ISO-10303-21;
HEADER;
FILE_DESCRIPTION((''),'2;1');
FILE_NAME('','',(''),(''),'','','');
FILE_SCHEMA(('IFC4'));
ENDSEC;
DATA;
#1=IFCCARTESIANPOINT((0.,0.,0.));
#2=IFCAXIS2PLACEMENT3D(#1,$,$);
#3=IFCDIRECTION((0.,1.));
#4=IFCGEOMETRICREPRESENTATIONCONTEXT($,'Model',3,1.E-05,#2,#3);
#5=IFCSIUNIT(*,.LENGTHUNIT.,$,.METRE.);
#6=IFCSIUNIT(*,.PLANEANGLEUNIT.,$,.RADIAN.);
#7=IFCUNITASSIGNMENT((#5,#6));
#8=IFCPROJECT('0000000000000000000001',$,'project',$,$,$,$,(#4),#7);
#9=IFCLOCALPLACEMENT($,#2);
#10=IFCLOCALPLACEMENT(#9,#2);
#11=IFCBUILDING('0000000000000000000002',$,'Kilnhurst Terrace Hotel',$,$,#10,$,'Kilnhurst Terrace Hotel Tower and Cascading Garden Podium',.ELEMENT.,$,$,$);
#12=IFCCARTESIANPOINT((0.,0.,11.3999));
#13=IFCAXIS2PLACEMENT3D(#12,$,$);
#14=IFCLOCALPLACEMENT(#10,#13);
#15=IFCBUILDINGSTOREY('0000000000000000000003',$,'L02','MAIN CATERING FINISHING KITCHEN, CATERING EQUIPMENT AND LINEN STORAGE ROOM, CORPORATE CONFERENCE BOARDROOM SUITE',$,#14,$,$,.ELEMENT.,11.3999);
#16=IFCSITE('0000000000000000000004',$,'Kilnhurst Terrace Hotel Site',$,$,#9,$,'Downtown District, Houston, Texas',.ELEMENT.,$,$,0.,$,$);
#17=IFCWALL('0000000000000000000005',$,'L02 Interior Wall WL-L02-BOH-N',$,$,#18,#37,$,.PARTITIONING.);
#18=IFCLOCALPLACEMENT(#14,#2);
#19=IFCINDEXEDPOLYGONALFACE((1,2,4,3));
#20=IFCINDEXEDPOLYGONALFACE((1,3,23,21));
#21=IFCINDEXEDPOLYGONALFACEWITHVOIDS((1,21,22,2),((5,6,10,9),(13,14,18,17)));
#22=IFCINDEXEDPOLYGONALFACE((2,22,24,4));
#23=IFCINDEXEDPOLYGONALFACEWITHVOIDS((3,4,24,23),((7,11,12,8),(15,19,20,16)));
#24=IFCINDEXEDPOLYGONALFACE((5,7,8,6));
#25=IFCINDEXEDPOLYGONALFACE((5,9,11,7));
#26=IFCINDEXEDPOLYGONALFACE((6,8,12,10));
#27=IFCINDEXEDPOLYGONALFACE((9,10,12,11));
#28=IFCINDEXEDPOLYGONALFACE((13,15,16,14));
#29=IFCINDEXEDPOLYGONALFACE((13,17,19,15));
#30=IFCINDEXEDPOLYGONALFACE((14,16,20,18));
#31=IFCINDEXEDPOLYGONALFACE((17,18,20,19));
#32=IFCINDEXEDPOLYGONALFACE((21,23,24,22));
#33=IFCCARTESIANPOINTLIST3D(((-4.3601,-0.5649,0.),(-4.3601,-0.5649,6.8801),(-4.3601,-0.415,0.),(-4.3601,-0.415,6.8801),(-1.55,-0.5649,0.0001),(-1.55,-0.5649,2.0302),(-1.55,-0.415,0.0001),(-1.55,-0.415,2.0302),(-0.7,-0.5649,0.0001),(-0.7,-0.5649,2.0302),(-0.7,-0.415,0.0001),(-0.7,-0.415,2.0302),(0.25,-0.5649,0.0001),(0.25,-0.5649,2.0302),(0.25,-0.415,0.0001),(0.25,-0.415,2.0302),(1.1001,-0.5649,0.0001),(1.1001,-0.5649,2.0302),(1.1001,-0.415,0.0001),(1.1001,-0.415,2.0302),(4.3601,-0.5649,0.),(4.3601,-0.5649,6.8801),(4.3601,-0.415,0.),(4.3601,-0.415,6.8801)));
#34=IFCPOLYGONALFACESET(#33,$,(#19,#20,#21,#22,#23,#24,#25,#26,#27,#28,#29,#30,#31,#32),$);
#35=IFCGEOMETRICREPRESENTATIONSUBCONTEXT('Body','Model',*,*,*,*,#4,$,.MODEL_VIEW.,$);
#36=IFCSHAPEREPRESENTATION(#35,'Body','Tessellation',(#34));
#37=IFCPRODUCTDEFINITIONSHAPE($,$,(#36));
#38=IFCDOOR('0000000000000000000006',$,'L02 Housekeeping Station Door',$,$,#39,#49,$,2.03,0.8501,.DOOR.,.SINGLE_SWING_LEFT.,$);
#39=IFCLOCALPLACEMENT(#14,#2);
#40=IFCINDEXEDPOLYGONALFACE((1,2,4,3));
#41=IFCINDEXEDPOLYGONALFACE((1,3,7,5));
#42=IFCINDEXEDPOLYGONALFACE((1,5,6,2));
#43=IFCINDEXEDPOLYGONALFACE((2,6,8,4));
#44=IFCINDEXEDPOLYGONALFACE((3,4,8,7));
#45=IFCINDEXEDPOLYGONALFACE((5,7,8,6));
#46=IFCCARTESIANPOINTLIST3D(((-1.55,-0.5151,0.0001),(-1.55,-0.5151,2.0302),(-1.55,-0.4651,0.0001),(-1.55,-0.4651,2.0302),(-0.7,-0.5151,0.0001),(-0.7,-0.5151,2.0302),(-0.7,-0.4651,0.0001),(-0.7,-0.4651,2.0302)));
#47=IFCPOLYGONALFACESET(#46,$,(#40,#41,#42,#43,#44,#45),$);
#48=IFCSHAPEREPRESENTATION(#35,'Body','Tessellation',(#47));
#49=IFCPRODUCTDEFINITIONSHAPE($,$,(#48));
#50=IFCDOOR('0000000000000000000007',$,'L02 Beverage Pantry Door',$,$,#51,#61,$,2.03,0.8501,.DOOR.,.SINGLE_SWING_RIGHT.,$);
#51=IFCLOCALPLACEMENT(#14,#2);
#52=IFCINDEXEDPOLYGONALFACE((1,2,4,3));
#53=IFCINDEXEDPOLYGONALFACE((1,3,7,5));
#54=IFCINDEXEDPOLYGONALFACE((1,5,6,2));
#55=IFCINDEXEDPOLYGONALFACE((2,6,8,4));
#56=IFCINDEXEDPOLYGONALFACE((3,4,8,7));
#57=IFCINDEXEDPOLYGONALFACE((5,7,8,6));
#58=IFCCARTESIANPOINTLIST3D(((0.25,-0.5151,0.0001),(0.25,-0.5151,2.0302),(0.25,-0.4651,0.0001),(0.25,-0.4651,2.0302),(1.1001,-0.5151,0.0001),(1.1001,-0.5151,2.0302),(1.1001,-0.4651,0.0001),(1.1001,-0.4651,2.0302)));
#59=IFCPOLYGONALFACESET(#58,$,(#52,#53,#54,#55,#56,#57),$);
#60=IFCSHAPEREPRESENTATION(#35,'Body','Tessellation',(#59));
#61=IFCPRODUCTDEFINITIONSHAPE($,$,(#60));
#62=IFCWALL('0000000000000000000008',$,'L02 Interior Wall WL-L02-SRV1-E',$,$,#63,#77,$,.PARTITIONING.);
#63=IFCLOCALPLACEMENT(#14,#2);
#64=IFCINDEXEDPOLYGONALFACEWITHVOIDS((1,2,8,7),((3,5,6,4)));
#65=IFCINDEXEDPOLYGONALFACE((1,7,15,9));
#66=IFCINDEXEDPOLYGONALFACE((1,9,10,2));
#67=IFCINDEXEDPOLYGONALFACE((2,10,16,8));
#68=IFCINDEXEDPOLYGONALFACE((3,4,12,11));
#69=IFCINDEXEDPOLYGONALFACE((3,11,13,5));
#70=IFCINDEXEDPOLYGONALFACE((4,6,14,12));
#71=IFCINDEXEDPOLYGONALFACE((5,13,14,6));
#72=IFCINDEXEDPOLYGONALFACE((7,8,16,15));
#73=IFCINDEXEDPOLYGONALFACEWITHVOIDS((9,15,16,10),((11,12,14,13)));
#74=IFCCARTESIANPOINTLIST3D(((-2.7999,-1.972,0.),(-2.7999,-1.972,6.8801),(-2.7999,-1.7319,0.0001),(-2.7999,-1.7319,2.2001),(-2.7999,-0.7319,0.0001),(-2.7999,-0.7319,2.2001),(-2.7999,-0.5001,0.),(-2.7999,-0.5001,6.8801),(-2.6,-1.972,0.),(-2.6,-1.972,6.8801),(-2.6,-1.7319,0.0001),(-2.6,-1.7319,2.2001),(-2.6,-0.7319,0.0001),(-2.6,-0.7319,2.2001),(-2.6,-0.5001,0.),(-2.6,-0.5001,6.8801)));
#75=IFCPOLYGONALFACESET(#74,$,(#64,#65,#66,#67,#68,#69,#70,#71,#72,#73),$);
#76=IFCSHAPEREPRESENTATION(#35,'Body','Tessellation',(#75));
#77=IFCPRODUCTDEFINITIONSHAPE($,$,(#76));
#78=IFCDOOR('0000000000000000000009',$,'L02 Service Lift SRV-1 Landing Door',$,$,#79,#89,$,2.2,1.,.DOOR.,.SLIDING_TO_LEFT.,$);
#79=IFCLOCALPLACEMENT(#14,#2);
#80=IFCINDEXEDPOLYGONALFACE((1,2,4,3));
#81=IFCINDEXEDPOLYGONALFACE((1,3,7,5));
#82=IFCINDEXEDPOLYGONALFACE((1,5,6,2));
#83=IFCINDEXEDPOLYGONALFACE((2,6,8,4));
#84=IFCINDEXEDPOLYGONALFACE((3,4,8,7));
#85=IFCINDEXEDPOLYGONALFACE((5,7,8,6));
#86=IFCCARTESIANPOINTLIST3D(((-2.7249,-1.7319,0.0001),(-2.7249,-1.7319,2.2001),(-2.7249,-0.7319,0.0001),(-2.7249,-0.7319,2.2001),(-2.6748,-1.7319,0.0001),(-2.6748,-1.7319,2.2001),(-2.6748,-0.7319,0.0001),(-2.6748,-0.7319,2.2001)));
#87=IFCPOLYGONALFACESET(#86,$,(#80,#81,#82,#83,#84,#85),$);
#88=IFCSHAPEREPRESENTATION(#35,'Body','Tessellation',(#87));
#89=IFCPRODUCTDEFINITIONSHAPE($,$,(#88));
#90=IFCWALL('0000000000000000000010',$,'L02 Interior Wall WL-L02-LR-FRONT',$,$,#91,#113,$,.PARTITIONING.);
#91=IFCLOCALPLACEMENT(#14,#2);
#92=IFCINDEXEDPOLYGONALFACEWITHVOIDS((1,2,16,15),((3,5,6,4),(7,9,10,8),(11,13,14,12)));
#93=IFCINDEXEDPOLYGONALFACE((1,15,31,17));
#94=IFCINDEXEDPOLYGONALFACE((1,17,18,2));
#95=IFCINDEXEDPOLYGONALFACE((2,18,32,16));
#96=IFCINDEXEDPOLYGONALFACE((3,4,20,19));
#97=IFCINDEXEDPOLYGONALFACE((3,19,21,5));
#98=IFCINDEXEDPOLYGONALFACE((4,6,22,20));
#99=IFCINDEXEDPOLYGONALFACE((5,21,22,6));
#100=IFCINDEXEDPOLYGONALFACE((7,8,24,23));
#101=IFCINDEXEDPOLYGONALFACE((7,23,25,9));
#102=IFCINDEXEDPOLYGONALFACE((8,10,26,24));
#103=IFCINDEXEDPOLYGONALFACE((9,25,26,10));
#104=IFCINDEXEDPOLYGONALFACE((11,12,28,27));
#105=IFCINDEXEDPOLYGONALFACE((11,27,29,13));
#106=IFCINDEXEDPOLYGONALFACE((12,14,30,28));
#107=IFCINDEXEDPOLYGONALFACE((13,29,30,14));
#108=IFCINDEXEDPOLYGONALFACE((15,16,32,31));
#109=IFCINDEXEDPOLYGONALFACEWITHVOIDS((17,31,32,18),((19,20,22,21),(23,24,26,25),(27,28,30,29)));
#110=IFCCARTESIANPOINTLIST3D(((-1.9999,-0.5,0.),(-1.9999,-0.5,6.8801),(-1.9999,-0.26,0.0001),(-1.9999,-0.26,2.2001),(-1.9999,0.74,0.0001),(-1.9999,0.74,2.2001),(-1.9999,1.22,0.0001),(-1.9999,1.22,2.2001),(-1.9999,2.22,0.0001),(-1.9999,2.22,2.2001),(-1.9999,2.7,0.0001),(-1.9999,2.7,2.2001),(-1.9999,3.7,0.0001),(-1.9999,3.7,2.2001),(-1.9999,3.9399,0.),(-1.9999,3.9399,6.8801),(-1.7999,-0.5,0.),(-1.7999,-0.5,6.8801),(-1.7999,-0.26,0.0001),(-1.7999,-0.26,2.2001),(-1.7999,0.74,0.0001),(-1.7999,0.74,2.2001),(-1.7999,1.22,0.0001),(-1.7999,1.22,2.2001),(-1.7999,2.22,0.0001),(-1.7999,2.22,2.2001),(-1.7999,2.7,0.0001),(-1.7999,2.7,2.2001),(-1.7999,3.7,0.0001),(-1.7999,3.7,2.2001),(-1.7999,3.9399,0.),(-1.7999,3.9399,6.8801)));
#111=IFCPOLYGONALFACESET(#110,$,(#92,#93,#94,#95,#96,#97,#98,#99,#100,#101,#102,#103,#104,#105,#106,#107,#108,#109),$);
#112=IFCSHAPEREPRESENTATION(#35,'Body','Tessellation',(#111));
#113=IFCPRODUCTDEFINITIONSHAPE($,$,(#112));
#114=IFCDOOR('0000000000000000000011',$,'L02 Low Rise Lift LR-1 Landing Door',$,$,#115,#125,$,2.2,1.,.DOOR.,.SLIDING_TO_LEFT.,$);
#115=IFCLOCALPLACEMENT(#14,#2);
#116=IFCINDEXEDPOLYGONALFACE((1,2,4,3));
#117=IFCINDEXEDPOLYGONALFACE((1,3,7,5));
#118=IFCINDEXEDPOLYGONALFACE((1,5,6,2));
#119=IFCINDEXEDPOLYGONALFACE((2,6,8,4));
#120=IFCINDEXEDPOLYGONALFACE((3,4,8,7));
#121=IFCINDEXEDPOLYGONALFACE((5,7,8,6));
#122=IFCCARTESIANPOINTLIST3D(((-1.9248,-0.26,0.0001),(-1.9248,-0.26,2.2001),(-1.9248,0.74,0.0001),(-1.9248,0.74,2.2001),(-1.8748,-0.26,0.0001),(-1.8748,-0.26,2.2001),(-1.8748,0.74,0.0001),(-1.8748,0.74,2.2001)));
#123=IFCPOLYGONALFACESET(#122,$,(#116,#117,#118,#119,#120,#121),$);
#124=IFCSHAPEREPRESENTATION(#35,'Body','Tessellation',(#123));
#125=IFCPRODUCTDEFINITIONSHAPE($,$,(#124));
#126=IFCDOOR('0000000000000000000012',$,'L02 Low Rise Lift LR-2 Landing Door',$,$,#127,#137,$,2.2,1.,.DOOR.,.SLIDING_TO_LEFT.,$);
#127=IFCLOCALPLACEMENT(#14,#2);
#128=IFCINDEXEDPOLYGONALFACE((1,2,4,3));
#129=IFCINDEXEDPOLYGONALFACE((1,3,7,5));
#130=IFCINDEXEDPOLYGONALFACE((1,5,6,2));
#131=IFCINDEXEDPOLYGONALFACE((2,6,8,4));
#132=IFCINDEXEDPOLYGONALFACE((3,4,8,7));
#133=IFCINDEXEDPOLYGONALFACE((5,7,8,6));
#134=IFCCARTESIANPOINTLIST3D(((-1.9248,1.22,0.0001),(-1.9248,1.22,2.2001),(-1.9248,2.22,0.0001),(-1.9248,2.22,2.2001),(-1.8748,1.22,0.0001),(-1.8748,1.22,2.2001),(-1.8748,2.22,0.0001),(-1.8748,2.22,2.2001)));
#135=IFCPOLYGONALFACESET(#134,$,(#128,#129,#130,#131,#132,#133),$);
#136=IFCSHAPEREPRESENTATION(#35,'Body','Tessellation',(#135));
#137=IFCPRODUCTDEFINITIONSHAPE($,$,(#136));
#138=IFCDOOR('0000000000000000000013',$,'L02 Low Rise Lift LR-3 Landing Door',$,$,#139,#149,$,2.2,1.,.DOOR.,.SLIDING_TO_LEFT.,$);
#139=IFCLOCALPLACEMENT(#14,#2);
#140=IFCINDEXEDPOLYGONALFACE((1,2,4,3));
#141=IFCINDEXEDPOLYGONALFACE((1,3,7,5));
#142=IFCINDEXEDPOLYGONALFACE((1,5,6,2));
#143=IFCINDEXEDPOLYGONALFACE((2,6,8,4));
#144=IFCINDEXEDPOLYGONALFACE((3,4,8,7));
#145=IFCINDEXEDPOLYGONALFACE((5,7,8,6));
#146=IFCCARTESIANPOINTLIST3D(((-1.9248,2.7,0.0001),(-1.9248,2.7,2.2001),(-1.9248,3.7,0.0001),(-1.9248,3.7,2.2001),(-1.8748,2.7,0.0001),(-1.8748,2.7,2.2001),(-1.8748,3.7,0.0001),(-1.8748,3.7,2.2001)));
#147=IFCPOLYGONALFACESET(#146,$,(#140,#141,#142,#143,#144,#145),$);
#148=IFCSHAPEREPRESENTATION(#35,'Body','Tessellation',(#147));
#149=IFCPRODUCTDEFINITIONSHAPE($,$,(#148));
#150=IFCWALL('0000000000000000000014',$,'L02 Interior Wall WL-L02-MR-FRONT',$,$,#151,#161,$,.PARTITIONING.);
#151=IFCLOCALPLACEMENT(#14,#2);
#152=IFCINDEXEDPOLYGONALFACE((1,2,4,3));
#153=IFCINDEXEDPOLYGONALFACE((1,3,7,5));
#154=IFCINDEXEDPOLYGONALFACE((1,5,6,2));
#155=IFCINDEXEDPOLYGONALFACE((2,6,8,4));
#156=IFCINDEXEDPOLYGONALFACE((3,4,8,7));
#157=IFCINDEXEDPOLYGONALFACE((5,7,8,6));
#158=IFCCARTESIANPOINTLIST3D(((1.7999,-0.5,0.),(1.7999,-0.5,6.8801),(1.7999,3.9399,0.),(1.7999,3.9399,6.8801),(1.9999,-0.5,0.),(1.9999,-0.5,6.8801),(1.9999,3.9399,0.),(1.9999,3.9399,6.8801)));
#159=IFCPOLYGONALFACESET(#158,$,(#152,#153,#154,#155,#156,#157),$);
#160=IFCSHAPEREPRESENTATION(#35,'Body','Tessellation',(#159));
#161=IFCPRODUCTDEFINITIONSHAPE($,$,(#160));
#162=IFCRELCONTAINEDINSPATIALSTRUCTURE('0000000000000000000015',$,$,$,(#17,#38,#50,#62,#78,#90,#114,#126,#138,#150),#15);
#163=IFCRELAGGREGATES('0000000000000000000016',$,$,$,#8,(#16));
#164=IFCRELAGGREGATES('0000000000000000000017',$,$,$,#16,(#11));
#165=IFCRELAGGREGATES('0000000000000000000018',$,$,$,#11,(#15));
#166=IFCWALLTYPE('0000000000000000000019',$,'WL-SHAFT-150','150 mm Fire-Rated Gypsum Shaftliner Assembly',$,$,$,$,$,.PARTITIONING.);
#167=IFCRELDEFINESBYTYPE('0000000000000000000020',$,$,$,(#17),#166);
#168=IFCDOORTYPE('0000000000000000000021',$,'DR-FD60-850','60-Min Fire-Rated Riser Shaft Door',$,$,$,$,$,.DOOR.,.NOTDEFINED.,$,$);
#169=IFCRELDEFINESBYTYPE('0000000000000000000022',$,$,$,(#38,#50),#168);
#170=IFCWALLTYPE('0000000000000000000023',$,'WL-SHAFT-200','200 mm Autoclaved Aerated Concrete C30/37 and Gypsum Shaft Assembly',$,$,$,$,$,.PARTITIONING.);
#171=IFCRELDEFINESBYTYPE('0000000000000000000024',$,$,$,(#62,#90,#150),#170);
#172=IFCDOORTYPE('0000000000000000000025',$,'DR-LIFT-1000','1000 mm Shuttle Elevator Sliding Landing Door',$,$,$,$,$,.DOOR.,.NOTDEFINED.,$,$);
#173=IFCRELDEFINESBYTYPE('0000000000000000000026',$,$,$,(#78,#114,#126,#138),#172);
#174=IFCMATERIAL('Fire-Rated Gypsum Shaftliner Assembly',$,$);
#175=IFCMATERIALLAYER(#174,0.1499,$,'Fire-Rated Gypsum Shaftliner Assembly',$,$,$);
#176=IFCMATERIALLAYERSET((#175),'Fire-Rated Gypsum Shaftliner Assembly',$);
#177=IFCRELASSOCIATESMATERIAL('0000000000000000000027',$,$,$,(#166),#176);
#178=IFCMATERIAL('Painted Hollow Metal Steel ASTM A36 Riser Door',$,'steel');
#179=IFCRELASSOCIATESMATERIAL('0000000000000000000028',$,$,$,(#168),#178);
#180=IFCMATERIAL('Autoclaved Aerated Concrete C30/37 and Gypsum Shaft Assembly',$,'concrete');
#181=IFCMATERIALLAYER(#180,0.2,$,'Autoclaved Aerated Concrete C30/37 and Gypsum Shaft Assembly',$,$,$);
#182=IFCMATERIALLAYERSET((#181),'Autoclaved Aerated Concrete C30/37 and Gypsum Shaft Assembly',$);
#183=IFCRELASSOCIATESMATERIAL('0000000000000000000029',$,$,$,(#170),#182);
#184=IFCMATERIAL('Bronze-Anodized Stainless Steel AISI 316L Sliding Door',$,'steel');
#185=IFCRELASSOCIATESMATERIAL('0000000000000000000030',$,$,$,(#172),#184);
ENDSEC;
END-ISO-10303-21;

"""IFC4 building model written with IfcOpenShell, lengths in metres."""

from ifc_helpers import new_model, si_unit, direction, frame, frame_2d, origin, place, context, subcontext, project, spatial, rectangle, extrude, material, layer, layer_set, type_object, element, fill, save


model = new_model("IFC4")

# Units and contexts
model_context = context("Model", 3, precision=1e-05, world=origin(), true_north=direction((0.0, 1.0)))
body_context = subcontext(model_context, "Body", "Model", "MODEL_VIEW")
ifc_project = project(units=[si_unit("LENGTHUNIT", "METRE"), si_unit("PLANEANGLEUNIT", "RADIAN")], contexts=[model_context])

# Site, building, storey
site_placement = place(None, origin())
site = spatial("IfcSite", under=ifc_project, at=site_placement, Name="Kilnhurst Terrace Hotel Site", LongName="Downtown District, Houston, Texas", CompositionType="ELEMENT", RefElevation=0.0)
building_placement = place(site_placement, origin())
building = spatial("IfcBuilding", under=site, at=building_placement, Name="Kilnhurst Terrace Hotel", LongName="Kilnhurst Terrace Hotel Tower and Cascading Garden Podium", CompositionType="ELEMENT")
storey_placement = place(building_placement, frame((0.0, 0.0, 11.3999)))
storey = spatial("IfcBuildingStorey", under=building, at=storey_placement, Name="L02", Description="MAIN CATERING FINISHING KITCHEN, CATERING EQUIPMENT AND LINEN STORAGE ROOM, CORPORATE CONFERENCE BOARDROOM SUITE", CompositionType="ELEMENT", Elevation=11.3999)

# Shared definitions
ifc_material_1 = material(Name="Fire-Rated Gypsum Shaftliner Assembly")
ifc_layer_1 = layer(ifc_material_1, 0.1499, Name="Fire-Rated Gypsum Shaftliner Assembly")
ifc_layer_set_1 = layer_set([ifc_layer_1], Name="Fire-Rated Gypsum Shaftliner Assembly")
wall_type_1 = type_object("IfcWallType", Name="WL-SHAFT-150", Description="150 mm Fire-Rated Gypsum Shaftliner Assembly", PredefinedType="PARTITIONING", material=ifc_layer_set_1)

# Wall, openings, doors
wall_1_placement = place(storey_placement, frame((-4.3601, -0.49, 0.0), z_axis=(0.0, 0.0, 1.0), x_axis=(1.0, 0.0, 0.0)))
wall_1 = element("IfcWall", 1, at=wall_1_placement, inside=storey, type_object=wall_type_1, Name="L02 Interior Wall WL-L02-BOH-N", PredefinedType="PARTITIONING", context=body_context, shape_type="SweptSolid", body=[
    extrude(rectangle(XDim=8.7202, YDim=0.1499, at=frame_2d((4.3601, 0.0))), origin(), (0.0, 0.0, 1.0), 6.8801),
])
opening_1_placement = place(wall_1_placement, frame((2.8101, 0.0, 0.0)))
opening_1 = element("IfcOpeningElement", 2, at=opening_1_placement, cuts=wall_1, PredefinedType="OPENING", context=body_context, shape_type="SweptSolid", body=[
    extrude(rectangle(XDim=0.8501, YDim=2.03, at=frame_2d((0.425, 1.0151))), frame((0.0, 0.085, 0.0), z_axis=(0.0, -1.0, 0.0), x_axis=(1.0, 0.0, 0.0)), (0.0, 0.0, 1.0), 0.1699),
])
opening_2_placement = place(wall_1_placement, frame((4.6101, 0.0, 0.0)))
opening_2 = element("IfcOpeningElement", 3, at=opening_2_placement, cuts=wall_1, PredefinedType="OPENING", context=body_context, shape_type="SweptSolid", body=[
    extrude(rectangle(XDim=0.8501, YDim=2.03, at=frame_2d((0.425, 1.0151))), frame((0.0, 0.085, 0.0), z_axis=(0.0, -1.0, 0.0), x_axis=(1.0, 0.0, 0.0)), (0.0, 0.0, 1.0), 0.1699),
])
ifc_material_2 = material(Name="Painted Hollow Metal Steel ASTM A36 Riser Door", Category="steel")
door_type_1 = type_object("IfcDoorType", Name="DR-FD60-850", Description="60-Min Fire-Rated Riser Shaft Door", OperationType="NOTDEFINED", PredefinedType="DOOR", material=ifc_material_2)
door_1_placement = place(opening_1_placement, origin())
door_1 = element("IfcDoor", 4, at=door_1_placement, inside=storey, type_object=door_type_1, Name="L02 Housekeeping Station Door", OperationType="SINGLE_SWING_LEFT", OverallHeight=2.03, OverallWidth=0.8501, PredefinedType="DOOR", context=body_context, shape_type="SweptSolid", body=[
    extrude(rectangle(XDim=0.8501, YDim=2.03, at=frame_2d((0.425, 1.0151))), frame((0.0, 0.0249, 0.0), z_axis=(0.0, -1.0, 0.0), x_axis=(1.0, 0.0, 0.0)), (0.0, 0.0, 1.0), 0.05),
])
fill(opening_1, door_1)
door_2_placement = place(opening_2_placement, origin())
door_2 = element("IfcDoor", 5, at=door_2_placement, inside=storey, type_object=door_type_1, Name="L02 Beverage Pantry Door", OperationType="SINGLE_SWING_RIGHT", OverallHeight=2.03, OverallWidth=0.8501, PredefinedType="DOOR", context=body_context, shape_type="SweptSolid", body=[
    extrude(rectangle(XDim=0.8501, YDim=2.03, at=frame_2d((0.425, 1.0151))), frame((0.0, 0.0249, 0.0), z_axis=(0.0, -1.0, 0.0), x_axis=(1.0, 0.0, 0.0)), (0.0, 0.0, 1.0), 0.05),
])
fill(opening_2, door_2)

# Wall, opening, door
ifc_material_3 = material(Name="Autoclaved Aerated Concrete C30/37 and Gypsum Shaft Assembly", Category="concrete")
ifc_layer_2 = layer(ifc_material_3, 0.2, Name="Autoclaved Aerated Concrete C30/37 and Gypsum Shaft Assembly")
ifc_layer_set_2 = layer_set([ifc_layer_2], Name="Autoclaved Aerated Concrete C30/37 and Gypsum Shaft Assembly")
wall_type_2 = type_object("IfcWallType", Name="WL-SHAFT-200", Description="200 mm Autoclaved Aerated Concrete C30/37 and Gypsum Shaft Assembly", PredefinedType="PARTITIONING", material=ifc_layer_set_2)
wall_2_placement = place(storey_placement, frame((-2.7, -1.9719, 0.0), z_axis=(0.0, 0.0, 1.0), x_axis=(0.0, 1.0, 0.0)))
wall_2 = element("IfcWall", 6, at=wall_2_placement, inside=storey, type_object=wall_type_2, Name="L02 Interior Wall WL-L02-SRV1-E", PredefinedType="PARTITIONING", context=body_context, shape_type="SweptSolid", body=[
    extrude(rectangle(XDim=1.4719, YDim=0.2, at=frame_2d((0.7358, 0.0))), origin(), (0.0, 0.0, 1.0), 6.8801),
])
opening_3_placement = place(wall_2_placement, frame((0.24, 0.0, 0.0)))
opening_3 = element("IfcOpeningElement", 7, at=opening_3_placement, cuts=wall_2, PredefinedType="OPENING", context=body_context, shape_type="SweptSolid", body=[
    extrude(rectangle(XDim=1.0, YDim=2.2, at=frame_2d((0.5, 1.1001))), frame((0.0, 0.1099, 0.0), z_axis=(0.0, -1.0, 0.0), x_axis=(1.0, 0.0, 0.0)), (0.0, 0.0, 1.0), 0.22),
])
ifc_material_4 = material(Name="Bronze-Anodized Stainless Steel AISI 316L Sliding Door", Category="steel")
door_type_2 = type_object("IfcDoorType", Name="DR-LIFT-1000", Description="1000 mm Shuttle Elevator Sliding Landing Door", OperationType="NOTDEFINED", PredefinedType="DOOR", material=ifc_material_4)
door_3_placement = place(opening_3_placement, origin())
door_3 = element("IfcDoor", 8, at=door_3_placement, inside=storey, type_object=door_type_2, Name="L02 Service Lift SRV-1 Landing Door", OperationType="SLIDING_TO_LEFT", OverallHeight=2.2, OverallWidth=1.0, PredefinedType="DOOR", context=body_context, shape_type="SweptSolid", body=[
    extrude(rectangle(XDim=1.0, YDim=2.2, at=frame_2d((0.5, 1.1001))), frame((0.0, 0.0249, 0.0), z_axis=(0.0, -1.0, 0.0), x_axis=(1.0, 0.0, 0.0)), (0.0, 0.0, 1.0), 0.05),
])
fill(opening_3, door_3)

# Wall, openings, doors
wall_3_placement = place(storey_placement, frame((-1.8999, -0.5, 0.0), z_axis=(0.0, 0.0, 1.0), x_axis=(0.0, 1.0, 0.0)))
wall_3 = element("IfcWall", 9, at=wall_3_placement, inside=storey, type_object=wall_type_2, Name="L02 Interior Wall WL-L02-LR-FRONT", PredefinedType="PARTITIONING", context=body_context, shape_type="SweptSolid", body=[
    extrude(rectangle(XDim=4.4399, YDim=0.2, at=frame_2d((2.22, 0.0))), origin(), (0.0, 0.0, 1.0), 6.8801),
])
opening_4_placement = place(wall_3_placement, frame((0.24, 0.0, 0.0)))
opening_4 = element("IfcOpeningElement", 10, at=opening_4_placement, cuts=wall_3, PredefinedType="OPENING", context=body_context, shape_type="SweptSolid", body=[
    extrude(rectangle(XDim=1.0, YDim=2.2, at=frame_2d((0.5, 1.1001))), frame((0.0, 0.1099, 0.0), z_axis=(0.0, -1.0, 0.0), x_axis=(1.0, 0.0, 0.0)), (0.0, 0.0, 1.0), 0.22),
])
opening_5_placement = place(wall_3_placement, frame((1.72, 0.0, 0.0)))
opening_5 = element("IfcOpeningElement", 11, at=opening_5_placement, cuts=wall_3, PredefinedType="OPENING", context=body_context, shape_type="SweptSolid", body=[
    extrude(rectangle(XDim=1.0, YDim=2.2, at=frame_2d((0.5, 1.1001))), frame((0.0, 0.1099, 0.0), z_axis=(0.0, -1.0, 0.0), x_axis=(1.0, 0.0, 0.0)), (0.0, 0.0, 1.0), 0.22),
])
opening_6_placement = place(wall_3_placement, frame((3.2, 0.0, 0.0)))
opening_6 = element("IfcOpeningElement", 12, at=opening_6_placement, cuts=wall_3, PredefinedType="OPENING", context=body_context, shape_type="SweptSolid", body=[
    extrude(rectangle(XDim=1.0, YDim=2.2, at=frame_2d((0.5, 1.1001))), frame((0.0, 0.1099, 0.0), z_axis=(0.0, -1.0, 0.0), x_axis=(1.0, 0.0, 0.0)), (0.0, 0.0, 1.0), 0.22),
])
door_4_placement = place(opening_4_placement, origin())
door_4 = element("IfcDoor", 13, at=door_4_placement, inside=storey, type_object=door_type_2, Name="L02 Low Rise Lift LR-1 Landing Door", OperationType="SLIDING_TO_LEFT", OverallHeight=2.2, OverallWidth=1.0, PredefinedType="DOOR", context=body_context, shape_type="SweptSolid", body=[
    extrude(rectangle(XDim=1.0, YDim=2.2, at=frame_2d((0.5, 1.1001))), frame((0.0, 0.0249, 0.0), z_axis=(0.0, -1.0, 0.0), x_axis=(1.0, 0.0, 0.0)), (0.0, 0.0, 1.0), 0.05),
])
fill(opening_4, door_4)
door_5_placement = place(opening_5_placement, origin())
door_5 = element("IfcDoor", 14, at=door_5_placement, inside=storey, type_object=door_type_2, Name="L02 Low Rise Lift LR-2 Landing Door", OperationType="SLIDING_TO_LEFT", OverallHeight=2.2, OverallWidth=1.0, PredefinedType="DOOR", context=body_context, shape_type="SweptSolid", body=[
    extrude(rectangle(XDim=1.0, YDim=2.2, at=frame_2d((0.5, 1.1001))), frame((0.0, 0.0249, 0.0), z_axis=(0.0, -1.0, 0.0), x_axis=(1.0, 0.0, 0.0)), (0.0, 0.0, 1.0), 0.05),
])
fill(opening_5, door_5)
door_6_placement = place(opening_6_placement, origin())
door_6 = element("IfcDoor", 15, at=door_6_placement, inside=storey, type_object=door_type_2, Name="L02 Low Rise Lift LR-3 Landing Door", OperationType="SLIDING_TO_LEFT", OverallHeight=2.2, OverallWidth=1.0, PredefinedType="DOOR", context=body_context, shape_type="SweptSolid", body=[
    extrude(rectangle(XDim=1.0, YDim=2.2, at=frame_2d((0.5, 1.1001))), frame((0.0, 0.0249, 0.0), z_axis=(0.0, -1.0, 0.0), x_axis=(1.0, 0.0, 0.0)), (0.0, 0.0, 1.0), 0.05),
])
fill(opening_6, door_6)

# Wall
wall_4_placement = place(storey_placement, frame((1.8999, -0.5, 0.0), z_axis=(0.0, 0.0, 1.0), x_axis=(0.0, 1.0, 0.0)))
element("IfcWall", 16, at=wall_4_placement, inside=storey, type_object=wall_type_2, Name="L02 Interior Wall WL-L02-MR-FRONT", PredefinedType="PARTITIONING", context=body_context, shape_type="SweptSolid", body=[
    extrude(rectangle(XDim=4.4399, YDim=0.2, at=frame_2d((2.22, 0.0))), origin(), (0.0, 0.0, 1.0), 6.8801),
])

save(model, "model.ifc")
